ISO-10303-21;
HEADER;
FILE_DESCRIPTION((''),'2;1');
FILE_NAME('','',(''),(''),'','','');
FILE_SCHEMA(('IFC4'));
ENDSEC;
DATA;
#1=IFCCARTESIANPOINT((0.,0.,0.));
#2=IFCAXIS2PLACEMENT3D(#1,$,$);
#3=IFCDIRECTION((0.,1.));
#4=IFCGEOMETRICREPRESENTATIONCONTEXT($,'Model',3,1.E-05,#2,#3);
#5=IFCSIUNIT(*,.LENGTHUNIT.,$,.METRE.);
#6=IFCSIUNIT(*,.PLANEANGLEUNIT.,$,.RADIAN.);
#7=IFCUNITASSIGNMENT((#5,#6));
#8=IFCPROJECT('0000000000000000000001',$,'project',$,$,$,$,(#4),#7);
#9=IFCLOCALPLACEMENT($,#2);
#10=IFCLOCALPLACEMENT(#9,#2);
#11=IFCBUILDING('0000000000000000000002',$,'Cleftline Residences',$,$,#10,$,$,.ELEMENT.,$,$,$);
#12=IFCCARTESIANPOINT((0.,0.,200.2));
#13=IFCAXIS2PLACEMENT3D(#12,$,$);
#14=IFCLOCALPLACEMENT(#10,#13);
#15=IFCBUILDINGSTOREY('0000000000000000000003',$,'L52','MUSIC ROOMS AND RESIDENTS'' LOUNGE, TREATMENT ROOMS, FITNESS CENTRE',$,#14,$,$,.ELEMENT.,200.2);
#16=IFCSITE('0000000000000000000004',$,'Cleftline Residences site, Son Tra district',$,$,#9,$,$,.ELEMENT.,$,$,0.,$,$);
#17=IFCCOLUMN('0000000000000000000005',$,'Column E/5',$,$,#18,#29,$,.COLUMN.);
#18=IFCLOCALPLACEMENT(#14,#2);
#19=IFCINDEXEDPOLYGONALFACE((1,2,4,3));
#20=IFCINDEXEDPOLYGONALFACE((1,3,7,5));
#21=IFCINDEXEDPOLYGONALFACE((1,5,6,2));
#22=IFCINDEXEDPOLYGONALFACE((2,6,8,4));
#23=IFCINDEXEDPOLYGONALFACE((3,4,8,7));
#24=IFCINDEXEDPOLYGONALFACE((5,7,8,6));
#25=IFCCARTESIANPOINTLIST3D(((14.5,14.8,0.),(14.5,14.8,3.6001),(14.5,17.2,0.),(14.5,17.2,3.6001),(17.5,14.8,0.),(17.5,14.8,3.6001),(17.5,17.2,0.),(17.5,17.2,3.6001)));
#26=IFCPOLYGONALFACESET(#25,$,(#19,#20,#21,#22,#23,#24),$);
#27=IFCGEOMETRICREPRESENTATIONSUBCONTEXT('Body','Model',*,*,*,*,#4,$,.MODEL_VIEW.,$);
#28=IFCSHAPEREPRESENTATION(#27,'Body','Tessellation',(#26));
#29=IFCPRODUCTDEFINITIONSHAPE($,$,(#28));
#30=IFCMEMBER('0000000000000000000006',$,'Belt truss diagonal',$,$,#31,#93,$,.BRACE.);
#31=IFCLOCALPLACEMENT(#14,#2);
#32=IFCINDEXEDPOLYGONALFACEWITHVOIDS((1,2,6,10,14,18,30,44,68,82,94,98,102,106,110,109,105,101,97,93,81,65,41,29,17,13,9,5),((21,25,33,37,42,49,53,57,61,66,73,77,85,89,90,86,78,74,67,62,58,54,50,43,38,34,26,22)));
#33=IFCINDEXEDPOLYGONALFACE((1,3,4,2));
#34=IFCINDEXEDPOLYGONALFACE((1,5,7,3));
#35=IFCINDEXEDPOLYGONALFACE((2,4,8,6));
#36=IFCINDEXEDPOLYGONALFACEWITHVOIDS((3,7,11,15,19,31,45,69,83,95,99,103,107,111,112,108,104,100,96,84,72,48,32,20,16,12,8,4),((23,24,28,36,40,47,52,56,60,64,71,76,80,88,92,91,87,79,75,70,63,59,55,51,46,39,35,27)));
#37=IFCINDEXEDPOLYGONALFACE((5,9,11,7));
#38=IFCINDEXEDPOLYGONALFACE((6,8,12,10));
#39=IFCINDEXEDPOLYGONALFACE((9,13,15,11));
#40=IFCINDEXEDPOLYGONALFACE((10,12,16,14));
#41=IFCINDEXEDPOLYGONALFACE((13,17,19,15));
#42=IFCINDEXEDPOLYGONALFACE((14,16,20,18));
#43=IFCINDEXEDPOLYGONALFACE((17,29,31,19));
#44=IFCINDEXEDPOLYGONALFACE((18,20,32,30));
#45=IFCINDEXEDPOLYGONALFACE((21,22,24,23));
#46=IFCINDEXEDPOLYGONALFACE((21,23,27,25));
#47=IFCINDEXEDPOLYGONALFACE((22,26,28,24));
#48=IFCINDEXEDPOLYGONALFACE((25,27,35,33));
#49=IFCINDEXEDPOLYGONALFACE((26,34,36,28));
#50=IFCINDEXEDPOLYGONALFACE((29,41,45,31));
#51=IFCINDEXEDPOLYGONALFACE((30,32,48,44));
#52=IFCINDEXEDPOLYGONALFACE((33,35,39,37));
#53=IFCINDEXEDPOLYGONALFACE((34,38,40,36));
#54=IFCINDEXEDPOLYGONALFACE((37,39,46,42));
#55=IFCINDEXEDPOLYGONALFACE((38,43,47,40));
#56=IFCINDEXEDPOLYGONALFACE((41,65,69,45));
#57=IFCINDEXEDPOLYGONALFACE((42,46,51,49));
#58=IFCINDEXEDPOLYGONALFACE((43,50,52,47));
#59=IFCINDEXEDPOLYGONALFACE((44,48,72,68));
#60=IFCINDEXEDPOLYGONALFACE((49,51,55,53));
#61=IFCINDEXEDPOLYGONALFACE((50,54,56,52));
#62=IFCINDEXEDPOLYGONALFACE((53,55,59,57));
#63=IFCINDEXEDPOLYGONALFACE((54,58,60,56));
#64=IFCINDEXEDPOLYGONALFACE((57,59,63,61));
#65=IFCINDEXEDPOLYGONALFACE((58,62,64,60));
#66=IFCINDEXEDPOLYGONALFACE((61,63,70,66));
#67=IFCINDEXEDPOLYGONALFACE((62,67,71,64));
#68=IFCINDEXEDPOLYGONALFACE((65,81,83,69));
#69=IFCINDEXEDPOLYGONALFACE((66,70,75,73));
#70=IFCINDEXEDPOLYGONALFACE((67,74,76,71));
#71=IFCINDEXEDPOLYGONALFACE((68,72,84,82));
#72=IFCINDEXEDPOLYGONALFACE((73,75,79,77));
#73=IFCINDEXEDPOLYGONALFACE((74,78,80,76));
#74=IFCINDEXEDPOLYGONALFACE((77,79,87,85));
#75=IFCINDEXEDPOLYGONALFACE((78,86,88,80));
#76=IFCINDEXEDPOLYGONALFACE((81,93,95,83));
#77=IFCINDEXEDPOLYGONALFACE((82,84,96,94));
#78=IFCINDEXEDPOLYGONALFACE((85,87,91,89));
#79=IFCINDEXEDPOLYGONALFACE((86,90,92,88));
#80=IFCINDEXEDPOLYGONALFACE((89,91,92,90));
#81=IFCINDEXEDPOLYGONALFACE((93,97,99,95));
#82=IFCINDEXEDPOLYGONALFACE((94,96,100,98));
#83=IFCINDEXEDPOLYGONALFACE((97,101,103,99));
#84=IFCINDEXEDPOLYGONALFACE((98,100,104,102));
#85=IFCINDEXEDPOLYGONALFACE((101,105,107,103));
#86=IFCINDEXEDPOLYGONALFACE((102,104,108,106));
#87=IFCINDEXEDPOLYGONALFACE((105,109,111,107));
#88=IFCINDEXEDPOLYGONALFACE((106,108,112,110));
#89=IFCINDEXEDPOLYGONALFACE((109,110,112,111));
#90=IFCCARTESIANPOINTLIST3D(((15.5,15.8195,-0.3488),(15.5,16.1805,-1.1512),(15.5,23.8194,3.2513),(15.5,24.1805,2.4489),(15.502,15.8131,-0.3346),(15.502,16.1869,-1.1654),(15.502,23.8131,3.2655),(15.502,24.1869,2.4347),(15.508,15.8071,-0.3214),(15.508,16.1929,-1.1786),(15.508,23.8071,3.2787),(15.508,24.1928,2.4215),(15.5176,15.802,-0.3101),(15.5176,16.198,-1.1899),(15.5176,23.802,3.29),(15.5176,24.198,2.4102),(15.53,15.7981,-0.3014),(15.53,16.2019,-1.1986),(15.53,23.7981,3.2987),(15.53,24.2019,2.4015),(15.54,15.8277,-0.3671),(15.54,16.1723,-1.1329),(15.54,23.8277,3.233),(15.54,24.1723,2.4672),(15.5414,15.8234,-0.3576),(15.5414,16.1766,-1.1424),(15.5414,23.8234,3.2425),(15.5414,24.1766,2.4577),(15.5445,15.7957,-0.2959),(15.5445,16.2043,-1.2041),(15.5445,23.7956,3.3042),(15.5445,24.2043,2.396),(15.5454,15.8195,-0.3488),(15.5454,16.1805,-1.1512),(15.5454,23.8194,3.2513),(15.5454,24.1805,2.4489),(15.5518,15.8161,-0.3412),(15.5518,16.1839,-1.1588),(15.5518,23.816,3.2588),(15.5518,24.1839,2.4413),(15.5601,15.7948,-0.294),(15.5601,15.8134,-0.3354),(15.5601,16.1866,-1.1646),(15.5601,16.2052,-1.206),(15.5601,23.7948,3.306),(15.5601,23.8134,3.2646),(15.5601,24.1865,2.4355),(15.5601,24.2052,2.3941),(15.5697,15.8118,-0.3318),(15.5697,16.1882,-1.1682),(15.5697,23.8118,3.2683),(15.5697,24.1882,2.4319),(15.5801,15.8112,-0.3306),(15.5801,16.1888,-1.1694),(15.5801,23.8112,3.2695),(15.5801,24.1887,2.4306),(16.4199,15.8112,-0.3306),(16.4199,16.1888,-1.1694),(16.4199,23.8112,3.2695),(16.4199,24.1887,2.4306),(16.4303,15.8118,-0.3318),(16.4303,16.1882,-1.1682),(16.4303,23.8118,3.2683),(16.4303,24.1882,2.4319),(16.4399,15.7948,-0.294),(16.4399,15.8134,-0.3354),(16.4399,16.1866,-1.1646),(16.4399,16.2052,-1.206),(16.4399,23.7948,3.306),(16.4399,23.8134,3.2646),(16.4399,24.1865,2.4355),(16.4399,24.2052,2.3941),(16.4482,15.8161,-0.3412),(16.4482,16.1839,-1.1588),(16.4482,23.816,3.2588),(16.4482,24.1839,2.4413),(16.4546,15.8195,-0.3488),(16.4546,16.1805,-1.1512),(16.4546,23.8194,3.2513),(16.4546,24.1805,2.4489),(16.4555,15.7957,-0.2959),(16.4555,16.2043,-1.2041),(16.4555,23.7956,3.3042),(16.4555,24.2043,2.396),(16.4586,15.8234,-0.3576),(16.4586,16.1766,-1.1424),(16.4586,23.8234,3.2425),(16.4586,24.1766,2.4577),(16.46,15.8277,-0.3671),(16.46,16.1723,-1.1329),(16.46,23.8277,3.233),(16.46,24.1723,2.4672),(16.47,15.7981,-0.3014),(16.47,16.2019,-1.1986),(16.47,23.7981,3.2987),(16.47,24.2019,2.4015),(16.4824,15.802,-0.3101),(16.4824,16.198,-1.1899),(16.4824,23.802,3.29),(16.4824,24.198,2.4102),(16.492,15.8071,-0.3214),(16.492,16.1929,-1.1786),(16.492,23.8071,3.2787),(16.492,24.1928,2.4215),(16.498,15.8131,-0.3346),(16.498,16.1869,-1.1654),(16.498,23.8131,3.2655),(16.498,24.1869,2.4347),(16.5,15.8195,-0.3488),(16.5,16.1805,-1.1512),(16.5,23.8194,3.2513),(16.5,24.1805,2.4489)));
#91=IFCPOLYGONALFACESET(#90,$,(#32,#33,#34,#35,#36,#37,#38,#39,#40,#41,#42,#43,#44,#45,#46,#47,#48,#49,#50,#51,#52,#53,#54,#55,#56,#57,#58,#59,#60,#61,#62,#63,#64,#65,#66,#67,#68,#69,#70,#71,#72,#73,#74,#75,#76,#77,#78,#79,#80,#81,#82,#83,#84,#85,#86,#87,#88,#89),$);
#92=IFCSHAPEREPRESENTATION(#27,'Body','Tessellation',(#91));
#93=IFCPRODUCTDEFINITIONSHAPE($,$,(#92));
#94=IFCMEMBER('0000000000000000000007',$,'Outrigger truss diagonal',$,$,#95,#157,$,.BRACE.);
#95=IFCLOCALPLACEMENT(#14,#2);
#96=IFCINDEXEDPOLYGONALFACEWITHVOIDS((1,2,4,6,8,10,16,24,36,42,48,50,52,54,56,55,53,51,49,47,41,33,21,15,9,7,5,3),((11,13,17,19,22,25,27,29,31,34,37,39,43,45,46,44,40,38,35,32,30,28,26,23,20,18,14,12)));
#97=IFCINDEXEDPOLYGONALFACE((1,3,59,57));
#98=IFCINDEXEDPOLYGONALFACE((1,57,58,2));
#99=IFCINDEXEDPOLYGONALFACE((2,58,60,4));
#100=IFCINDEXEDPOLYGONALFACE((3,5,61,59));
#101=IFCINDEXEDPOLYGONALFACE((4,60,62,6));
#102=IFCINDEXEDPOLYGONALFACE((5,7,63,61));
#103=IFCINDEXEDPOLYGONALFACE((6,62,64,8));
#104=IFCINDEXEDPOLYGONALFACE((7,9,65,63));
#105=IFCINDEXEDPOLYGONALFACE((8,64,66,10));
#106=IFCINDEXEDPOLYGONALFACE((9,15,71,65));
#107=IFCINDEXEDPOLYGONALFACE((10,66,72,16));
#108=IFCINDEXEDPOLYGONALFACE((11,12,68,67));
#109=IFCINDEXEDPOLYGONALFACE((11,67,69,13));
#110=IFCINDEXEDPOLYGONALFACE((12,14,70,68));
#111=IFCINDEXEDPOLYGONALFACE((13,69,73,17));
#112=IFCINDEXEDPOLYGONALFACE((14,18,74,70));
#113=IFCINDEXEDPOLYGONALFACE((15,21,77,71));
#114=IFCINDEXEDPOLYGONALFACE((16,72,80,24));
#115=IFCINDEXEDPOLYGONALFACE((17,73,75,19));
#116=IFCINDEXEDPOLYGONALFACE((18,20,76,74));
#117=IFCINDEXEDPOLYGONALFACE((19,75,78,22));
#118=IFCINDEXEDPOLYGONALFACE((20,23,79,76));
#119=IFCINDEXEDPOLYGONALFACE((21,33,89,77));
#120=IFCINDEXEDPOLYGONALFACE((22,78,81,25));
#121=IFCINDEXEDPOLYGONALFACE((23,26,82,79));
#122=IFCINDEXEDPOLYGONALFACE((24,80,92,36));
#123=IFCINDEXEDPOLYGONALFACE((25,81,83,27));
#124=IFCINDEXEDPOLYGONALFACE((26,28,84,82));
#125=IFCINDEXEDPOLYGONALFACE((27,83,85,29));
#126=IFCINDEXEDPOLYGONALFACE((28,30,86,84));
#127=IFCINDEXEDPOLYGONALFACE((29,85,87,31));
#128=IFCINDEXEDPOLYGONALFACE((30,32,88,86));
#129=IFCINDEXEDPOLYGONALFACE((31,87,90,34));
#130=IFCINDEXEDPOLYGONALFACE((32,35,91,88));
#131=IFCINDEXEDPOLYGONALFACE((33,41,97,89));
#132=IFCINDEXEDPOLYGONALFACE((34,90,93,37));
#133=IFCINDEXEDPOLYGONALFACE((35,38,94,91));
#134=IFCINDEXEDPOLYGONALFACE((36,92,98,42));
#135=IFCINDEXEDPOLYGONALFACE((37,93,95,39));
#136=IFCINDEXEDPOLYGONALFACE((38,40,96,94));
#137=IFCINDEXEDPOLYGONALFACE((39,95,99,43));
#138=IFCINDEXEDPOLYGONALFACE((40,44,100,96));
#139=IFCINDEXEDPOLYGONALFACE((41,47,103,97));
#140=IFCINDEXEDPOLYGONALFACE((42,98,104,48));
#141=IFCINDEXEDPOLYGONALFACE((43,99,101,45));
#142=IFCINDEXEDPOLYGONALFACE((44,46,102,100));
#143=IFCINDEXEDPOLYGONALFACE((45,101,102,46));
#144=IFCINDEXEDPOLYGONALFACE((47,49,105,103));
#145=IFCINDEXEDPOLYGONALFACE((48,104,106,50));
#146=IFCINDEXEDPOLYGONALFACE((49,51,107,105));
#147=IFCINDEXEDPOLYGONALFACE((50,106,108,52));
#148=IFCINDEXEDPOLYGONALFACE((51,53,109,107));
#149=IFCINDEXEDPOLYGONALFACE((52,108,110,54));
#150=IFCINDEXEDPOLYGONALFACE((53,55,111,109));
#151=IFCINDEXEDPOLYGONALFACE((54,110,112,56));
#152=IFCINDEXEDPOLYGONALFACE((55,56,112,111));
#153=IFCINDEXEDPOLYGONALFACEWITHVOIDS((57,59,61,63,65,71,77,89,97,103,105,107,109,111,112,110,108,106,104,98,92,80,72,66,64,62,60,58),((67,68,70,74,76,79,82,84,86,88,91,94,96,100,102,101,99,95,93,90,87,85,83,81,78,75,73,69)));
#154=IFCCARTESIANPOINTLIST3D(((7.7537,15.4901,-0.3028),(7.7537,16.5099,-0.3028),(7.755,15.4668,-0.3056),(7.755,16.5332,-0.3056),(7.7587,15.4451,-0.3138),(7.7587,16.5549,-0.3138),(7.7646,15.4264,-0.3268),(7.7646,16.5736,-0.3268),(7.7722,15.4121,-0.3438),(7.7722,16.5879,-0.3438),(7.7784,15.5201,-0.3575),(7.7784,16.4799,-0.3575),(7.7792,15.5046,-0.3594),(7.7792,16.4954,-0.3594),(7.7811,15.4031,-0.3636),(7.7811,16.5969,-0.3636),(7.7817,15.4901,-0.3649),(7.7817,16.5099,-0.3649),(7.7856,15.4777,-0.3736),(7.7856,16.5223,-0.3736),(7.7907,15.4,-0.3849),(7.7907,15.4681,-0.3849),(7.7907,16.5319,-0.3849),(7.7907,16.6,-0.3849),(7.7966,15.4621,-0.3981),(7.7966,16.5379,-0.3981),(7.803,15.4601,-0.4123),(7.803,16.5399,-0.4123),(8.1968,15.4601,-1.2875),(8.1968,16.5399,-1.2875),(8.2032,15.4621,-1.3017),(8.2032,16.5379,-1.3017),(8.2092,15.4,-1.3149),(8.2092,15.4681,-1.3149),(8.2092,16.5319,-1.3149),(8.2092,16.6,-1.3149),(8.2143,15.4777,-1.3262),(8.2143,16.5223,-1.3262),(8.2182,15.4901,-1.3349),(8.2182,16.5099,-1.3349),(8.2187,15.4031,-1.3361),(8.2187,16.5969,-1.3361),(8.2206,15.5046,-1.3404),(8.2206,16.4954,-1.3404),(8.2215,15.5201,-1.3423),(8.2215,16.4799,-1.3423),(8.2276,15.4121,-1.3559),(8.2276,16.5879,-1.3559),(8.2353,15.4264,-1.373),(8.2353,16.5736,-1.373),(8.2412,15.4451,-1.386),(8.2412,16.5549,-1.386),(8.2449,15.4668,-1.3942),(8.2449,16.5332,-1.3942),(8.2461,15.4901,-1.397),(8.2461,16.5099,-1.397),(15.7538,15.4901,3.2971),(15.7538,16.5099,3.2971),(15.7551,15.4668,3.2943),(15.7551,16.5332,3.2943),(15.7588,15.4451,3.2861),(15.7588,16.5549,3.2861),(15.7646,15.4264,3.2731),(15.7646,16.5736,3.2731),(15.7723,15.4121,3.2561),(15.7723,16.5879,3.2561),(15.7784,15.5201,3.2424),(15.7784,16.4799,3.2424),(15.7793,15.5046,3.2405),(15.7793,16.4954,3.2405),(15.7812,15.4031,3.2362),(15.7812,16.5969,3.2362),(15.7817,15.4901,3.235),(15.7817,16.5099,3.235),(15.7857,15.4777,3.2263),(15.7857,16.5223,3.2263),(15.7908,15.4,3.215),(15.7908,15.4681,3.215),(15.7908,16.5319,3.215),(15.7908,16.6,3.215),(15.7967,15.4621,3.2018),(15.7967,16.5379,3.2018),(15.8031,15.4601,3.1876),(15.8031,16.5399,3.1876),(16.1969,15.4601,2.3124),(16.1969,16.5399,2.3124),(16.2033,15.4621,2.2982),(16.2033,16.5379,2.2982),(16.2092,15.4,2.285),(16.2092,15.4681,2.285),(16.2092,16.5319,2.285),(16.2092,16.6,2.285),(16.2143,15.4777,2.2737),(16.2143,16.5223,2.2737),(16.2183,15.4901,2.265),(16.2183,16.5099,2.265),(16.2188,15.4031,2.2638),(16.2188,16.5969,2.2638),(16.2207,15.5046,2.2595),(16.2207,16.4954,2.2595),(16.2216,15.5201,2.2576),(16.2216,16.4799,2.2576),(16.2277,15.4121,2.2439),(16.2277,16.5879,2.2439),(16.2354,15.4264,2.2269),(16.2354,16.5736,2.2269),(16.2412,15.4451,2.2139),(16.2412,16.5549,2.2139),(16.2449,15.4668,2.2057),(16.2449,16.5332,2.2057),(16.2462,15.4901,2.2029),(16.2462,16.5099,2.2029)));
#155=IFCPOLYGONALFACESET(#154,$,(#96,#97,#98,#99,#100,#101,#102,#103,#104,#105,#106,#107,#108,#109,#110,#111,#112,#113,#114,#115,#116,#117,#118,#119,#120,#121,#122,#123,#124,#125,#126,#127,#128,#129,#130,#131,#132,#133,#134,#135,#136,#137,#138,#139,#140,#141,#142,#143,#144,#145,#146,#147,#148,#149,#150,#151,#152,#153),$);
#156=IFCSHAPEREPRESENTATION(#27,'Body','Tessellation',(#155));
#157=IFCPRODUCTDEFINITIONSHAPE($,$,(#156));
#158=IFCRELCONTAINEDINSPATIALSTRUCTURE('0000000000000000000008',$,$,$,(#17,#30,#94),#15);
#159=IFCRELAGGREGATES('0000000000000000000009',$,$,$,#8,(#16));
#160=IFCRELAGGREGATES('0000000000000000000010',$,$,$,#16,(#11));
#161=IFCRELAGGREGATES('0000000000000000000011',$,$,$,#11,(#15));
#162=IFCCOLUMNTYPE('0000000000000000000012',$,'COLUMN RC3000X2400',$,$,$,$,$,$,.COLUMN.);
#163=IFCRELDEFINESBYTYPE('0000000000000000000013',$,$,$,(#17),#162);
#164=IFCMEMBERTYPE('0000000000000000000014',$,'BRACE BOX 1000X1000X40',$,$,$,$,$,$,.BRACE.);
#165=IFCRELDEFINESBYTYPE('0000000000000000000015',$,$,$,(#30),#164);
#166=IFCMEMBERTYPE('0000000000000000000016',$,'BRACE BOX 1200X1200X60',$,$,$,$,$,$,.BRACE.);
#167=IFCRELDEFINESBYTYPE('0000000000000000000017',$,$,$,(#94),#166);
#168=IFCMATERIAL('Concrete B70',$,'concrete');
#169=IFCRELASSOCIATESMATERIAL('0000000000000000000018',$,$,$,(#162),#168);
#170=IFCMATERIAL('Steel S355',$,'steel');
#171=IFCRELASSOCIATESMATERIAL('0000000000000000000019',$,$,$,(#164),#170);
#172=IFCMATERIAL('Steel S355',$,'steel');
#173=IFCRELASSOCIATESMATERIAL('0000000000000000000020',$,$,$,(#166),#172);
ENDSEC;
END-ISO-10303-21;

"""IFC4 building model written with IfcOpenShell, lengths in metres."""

from ifc_helpers import new_model, si_unit, direction, frame, origin, origin_2d, place, context, subcontext, project, spatial, rectangle, hollow_rectangle, extrude, material, material_profile, profile_set, type_object, element, save


model = new_model("IFC4")

# Units and contexts
model_context = context("Model", 3, precision=1e-05, world=origin(), true_north=direction((0.0, 1.0)))
body_context = subcontext(model_context, "Body", "Model", "MODEL_VIEW")
ifc_project = project(units=[si_unit("LENGTHUNIT", "METRE"), si_unit("PLANEANGLEUNIT", "RADIAN")], contexts=[model_context])

# Site, building, storey
site_placement = place(None, origin())
site = spatial("IfcSite", under=ifc_project, at=site_placement, Name="Cleftline Residences site, Son Tra district", CompositionType="ELEMENT", RefElevation=0.0)
building_placement = place(site_placement, origin())
building = spatial("IfcBuilding", under=site, at=building_placement, Name="Cleftline Residences", CompositionType="ELEMENT")
storey_placement = place(building_placement, frame((0.0, 0.0, 200.2)))
storey = spatial("IfcBuildingStorey", under=building, at=storey_placement, Name="L52", Description="MUSIC ROOMS AND RESIDENTS' LOUNGE, TREATMENT ROOMS, FITNESS CENTRE", CompositionType="ELEMENT", Elevation=200.2)

# Column
ifc_material_1 = material(Name="Concrete B70", Category="concrete")
ifc_material_profile_1 = material_profile(ifc_material_1, rectangle(XDim=3.0, YDim=2.3999, at=origin_2d()))
ifc_profile_set_1 = profile_set([ifc_material_profile_1], Name="Concrete B70")
column_type = type_object("IfcColumnType", Name="COLUMN RC3000X2400", PredefinedType="COLUMN", material=ifc_profile_set_1)
column_placement = place(storey_placement, frame((16.0, 16.0, 0.0), z_axis=(0.0, 0.0, 1.0), x_axis=(1.0, 0.0, 0.0)))
element("IfcColumn", 1, at=column_placement, inside=storey, type_object=column_type, Name="Column E/5", PredefinedType="COLUMN", context=body_context, shape_type="SweptSolid", body=[
    extrude(rectangle(XDim=3.0, YDim=2.3999, at=origin_2d()), origin(), (0.0, 0.0, 1.0), 3.6001),
])

# Members
ifc_material_2 = material(Name="Steel S355", Category="steel")
ifc_material_profile_2 = material_profile(ifc_material_2, hollow_rectangle(XDim=1.0, YDim=1.0, WallThickness=0.04, InnerFilletRadius=0.04, OuterFilletRadius=0.0601, at=origin_2d()))
ifc_profile_set_2 = profile_set([ifc_material_profile_2], Name="Steel S355")
member_type_1 = type_object("IfcMemberType", Name="BRACE BOX 1000X1000X40", PredefinedType="BRACE", material=ifc_profile_set_2)
member_1_placement = place(storey_placement, frame((16.0, 16.0, -0.75), z_axis=(0.0, 0.911917, 0.410374), x_axis=(0.0, -0.410374, 0.911917)))
element("IfcMember", 2, at=member_1_placement, inside=storey, type_object=member_type_1, Name="Belt truss diagonal", PredefinedType="BRACE", context=body_context, shape_type="SweptSolid", body=[
    extrude(hollow_rectangle(XDim=1.0, YDim=1.0, WallThickness=0.04, InnerFilletRadius=0.04, OuterFilletRadius=0.0601, at=origin_2d()), origin(), (0.0, 0.0, 1.0), 8.7727),
])
ifc_material_3 = material(Name="Steel S355", Category="steel")
ifc_material_profile_3 = material_profile(ifc_material_3, hollow_rectangle(XDim=1.2, YDim=1.2, WallThickness=0.0601, InnerFilletRadius=0.0601, OuterFilletRadius=0.0901, at=origin_2d()))
ifc_profile_set_3 = profile_set([ifc_material_profile_3], Name="Steel S355")
member_type_2 = type_object("IfcMemberType", Name="BRACE BOX 1200X1200X60", PredefinedType="BRACE", material=ifc_profile_set_3)
member_2_placement = place(storey_placement, frame((16.0, 16.0, 2.75), z_axis=(-0.911928, 0.0, -0.410351), x_axis=(-0.410351, 0.0, 0.911928)))
element("IfcMember", 3, at=member_2_placement, inside=storey, type_object=member_type_2, Name="Outrigger truss diagonal", PredefinedType="BRACE", context=body_context, shape_type="SweptSolid", body=[
    extrude(hollow_rectangle(XDim=1.2, YDim=1.2, WallThickness=0.0601, InnerFilletRadius=0.0601, OuterFilletRadius=0.0901, at=origin_2d()), origin(), (0.0, 0.0, 1.0), 8.7727),
])

save(model, "model.ifc")
